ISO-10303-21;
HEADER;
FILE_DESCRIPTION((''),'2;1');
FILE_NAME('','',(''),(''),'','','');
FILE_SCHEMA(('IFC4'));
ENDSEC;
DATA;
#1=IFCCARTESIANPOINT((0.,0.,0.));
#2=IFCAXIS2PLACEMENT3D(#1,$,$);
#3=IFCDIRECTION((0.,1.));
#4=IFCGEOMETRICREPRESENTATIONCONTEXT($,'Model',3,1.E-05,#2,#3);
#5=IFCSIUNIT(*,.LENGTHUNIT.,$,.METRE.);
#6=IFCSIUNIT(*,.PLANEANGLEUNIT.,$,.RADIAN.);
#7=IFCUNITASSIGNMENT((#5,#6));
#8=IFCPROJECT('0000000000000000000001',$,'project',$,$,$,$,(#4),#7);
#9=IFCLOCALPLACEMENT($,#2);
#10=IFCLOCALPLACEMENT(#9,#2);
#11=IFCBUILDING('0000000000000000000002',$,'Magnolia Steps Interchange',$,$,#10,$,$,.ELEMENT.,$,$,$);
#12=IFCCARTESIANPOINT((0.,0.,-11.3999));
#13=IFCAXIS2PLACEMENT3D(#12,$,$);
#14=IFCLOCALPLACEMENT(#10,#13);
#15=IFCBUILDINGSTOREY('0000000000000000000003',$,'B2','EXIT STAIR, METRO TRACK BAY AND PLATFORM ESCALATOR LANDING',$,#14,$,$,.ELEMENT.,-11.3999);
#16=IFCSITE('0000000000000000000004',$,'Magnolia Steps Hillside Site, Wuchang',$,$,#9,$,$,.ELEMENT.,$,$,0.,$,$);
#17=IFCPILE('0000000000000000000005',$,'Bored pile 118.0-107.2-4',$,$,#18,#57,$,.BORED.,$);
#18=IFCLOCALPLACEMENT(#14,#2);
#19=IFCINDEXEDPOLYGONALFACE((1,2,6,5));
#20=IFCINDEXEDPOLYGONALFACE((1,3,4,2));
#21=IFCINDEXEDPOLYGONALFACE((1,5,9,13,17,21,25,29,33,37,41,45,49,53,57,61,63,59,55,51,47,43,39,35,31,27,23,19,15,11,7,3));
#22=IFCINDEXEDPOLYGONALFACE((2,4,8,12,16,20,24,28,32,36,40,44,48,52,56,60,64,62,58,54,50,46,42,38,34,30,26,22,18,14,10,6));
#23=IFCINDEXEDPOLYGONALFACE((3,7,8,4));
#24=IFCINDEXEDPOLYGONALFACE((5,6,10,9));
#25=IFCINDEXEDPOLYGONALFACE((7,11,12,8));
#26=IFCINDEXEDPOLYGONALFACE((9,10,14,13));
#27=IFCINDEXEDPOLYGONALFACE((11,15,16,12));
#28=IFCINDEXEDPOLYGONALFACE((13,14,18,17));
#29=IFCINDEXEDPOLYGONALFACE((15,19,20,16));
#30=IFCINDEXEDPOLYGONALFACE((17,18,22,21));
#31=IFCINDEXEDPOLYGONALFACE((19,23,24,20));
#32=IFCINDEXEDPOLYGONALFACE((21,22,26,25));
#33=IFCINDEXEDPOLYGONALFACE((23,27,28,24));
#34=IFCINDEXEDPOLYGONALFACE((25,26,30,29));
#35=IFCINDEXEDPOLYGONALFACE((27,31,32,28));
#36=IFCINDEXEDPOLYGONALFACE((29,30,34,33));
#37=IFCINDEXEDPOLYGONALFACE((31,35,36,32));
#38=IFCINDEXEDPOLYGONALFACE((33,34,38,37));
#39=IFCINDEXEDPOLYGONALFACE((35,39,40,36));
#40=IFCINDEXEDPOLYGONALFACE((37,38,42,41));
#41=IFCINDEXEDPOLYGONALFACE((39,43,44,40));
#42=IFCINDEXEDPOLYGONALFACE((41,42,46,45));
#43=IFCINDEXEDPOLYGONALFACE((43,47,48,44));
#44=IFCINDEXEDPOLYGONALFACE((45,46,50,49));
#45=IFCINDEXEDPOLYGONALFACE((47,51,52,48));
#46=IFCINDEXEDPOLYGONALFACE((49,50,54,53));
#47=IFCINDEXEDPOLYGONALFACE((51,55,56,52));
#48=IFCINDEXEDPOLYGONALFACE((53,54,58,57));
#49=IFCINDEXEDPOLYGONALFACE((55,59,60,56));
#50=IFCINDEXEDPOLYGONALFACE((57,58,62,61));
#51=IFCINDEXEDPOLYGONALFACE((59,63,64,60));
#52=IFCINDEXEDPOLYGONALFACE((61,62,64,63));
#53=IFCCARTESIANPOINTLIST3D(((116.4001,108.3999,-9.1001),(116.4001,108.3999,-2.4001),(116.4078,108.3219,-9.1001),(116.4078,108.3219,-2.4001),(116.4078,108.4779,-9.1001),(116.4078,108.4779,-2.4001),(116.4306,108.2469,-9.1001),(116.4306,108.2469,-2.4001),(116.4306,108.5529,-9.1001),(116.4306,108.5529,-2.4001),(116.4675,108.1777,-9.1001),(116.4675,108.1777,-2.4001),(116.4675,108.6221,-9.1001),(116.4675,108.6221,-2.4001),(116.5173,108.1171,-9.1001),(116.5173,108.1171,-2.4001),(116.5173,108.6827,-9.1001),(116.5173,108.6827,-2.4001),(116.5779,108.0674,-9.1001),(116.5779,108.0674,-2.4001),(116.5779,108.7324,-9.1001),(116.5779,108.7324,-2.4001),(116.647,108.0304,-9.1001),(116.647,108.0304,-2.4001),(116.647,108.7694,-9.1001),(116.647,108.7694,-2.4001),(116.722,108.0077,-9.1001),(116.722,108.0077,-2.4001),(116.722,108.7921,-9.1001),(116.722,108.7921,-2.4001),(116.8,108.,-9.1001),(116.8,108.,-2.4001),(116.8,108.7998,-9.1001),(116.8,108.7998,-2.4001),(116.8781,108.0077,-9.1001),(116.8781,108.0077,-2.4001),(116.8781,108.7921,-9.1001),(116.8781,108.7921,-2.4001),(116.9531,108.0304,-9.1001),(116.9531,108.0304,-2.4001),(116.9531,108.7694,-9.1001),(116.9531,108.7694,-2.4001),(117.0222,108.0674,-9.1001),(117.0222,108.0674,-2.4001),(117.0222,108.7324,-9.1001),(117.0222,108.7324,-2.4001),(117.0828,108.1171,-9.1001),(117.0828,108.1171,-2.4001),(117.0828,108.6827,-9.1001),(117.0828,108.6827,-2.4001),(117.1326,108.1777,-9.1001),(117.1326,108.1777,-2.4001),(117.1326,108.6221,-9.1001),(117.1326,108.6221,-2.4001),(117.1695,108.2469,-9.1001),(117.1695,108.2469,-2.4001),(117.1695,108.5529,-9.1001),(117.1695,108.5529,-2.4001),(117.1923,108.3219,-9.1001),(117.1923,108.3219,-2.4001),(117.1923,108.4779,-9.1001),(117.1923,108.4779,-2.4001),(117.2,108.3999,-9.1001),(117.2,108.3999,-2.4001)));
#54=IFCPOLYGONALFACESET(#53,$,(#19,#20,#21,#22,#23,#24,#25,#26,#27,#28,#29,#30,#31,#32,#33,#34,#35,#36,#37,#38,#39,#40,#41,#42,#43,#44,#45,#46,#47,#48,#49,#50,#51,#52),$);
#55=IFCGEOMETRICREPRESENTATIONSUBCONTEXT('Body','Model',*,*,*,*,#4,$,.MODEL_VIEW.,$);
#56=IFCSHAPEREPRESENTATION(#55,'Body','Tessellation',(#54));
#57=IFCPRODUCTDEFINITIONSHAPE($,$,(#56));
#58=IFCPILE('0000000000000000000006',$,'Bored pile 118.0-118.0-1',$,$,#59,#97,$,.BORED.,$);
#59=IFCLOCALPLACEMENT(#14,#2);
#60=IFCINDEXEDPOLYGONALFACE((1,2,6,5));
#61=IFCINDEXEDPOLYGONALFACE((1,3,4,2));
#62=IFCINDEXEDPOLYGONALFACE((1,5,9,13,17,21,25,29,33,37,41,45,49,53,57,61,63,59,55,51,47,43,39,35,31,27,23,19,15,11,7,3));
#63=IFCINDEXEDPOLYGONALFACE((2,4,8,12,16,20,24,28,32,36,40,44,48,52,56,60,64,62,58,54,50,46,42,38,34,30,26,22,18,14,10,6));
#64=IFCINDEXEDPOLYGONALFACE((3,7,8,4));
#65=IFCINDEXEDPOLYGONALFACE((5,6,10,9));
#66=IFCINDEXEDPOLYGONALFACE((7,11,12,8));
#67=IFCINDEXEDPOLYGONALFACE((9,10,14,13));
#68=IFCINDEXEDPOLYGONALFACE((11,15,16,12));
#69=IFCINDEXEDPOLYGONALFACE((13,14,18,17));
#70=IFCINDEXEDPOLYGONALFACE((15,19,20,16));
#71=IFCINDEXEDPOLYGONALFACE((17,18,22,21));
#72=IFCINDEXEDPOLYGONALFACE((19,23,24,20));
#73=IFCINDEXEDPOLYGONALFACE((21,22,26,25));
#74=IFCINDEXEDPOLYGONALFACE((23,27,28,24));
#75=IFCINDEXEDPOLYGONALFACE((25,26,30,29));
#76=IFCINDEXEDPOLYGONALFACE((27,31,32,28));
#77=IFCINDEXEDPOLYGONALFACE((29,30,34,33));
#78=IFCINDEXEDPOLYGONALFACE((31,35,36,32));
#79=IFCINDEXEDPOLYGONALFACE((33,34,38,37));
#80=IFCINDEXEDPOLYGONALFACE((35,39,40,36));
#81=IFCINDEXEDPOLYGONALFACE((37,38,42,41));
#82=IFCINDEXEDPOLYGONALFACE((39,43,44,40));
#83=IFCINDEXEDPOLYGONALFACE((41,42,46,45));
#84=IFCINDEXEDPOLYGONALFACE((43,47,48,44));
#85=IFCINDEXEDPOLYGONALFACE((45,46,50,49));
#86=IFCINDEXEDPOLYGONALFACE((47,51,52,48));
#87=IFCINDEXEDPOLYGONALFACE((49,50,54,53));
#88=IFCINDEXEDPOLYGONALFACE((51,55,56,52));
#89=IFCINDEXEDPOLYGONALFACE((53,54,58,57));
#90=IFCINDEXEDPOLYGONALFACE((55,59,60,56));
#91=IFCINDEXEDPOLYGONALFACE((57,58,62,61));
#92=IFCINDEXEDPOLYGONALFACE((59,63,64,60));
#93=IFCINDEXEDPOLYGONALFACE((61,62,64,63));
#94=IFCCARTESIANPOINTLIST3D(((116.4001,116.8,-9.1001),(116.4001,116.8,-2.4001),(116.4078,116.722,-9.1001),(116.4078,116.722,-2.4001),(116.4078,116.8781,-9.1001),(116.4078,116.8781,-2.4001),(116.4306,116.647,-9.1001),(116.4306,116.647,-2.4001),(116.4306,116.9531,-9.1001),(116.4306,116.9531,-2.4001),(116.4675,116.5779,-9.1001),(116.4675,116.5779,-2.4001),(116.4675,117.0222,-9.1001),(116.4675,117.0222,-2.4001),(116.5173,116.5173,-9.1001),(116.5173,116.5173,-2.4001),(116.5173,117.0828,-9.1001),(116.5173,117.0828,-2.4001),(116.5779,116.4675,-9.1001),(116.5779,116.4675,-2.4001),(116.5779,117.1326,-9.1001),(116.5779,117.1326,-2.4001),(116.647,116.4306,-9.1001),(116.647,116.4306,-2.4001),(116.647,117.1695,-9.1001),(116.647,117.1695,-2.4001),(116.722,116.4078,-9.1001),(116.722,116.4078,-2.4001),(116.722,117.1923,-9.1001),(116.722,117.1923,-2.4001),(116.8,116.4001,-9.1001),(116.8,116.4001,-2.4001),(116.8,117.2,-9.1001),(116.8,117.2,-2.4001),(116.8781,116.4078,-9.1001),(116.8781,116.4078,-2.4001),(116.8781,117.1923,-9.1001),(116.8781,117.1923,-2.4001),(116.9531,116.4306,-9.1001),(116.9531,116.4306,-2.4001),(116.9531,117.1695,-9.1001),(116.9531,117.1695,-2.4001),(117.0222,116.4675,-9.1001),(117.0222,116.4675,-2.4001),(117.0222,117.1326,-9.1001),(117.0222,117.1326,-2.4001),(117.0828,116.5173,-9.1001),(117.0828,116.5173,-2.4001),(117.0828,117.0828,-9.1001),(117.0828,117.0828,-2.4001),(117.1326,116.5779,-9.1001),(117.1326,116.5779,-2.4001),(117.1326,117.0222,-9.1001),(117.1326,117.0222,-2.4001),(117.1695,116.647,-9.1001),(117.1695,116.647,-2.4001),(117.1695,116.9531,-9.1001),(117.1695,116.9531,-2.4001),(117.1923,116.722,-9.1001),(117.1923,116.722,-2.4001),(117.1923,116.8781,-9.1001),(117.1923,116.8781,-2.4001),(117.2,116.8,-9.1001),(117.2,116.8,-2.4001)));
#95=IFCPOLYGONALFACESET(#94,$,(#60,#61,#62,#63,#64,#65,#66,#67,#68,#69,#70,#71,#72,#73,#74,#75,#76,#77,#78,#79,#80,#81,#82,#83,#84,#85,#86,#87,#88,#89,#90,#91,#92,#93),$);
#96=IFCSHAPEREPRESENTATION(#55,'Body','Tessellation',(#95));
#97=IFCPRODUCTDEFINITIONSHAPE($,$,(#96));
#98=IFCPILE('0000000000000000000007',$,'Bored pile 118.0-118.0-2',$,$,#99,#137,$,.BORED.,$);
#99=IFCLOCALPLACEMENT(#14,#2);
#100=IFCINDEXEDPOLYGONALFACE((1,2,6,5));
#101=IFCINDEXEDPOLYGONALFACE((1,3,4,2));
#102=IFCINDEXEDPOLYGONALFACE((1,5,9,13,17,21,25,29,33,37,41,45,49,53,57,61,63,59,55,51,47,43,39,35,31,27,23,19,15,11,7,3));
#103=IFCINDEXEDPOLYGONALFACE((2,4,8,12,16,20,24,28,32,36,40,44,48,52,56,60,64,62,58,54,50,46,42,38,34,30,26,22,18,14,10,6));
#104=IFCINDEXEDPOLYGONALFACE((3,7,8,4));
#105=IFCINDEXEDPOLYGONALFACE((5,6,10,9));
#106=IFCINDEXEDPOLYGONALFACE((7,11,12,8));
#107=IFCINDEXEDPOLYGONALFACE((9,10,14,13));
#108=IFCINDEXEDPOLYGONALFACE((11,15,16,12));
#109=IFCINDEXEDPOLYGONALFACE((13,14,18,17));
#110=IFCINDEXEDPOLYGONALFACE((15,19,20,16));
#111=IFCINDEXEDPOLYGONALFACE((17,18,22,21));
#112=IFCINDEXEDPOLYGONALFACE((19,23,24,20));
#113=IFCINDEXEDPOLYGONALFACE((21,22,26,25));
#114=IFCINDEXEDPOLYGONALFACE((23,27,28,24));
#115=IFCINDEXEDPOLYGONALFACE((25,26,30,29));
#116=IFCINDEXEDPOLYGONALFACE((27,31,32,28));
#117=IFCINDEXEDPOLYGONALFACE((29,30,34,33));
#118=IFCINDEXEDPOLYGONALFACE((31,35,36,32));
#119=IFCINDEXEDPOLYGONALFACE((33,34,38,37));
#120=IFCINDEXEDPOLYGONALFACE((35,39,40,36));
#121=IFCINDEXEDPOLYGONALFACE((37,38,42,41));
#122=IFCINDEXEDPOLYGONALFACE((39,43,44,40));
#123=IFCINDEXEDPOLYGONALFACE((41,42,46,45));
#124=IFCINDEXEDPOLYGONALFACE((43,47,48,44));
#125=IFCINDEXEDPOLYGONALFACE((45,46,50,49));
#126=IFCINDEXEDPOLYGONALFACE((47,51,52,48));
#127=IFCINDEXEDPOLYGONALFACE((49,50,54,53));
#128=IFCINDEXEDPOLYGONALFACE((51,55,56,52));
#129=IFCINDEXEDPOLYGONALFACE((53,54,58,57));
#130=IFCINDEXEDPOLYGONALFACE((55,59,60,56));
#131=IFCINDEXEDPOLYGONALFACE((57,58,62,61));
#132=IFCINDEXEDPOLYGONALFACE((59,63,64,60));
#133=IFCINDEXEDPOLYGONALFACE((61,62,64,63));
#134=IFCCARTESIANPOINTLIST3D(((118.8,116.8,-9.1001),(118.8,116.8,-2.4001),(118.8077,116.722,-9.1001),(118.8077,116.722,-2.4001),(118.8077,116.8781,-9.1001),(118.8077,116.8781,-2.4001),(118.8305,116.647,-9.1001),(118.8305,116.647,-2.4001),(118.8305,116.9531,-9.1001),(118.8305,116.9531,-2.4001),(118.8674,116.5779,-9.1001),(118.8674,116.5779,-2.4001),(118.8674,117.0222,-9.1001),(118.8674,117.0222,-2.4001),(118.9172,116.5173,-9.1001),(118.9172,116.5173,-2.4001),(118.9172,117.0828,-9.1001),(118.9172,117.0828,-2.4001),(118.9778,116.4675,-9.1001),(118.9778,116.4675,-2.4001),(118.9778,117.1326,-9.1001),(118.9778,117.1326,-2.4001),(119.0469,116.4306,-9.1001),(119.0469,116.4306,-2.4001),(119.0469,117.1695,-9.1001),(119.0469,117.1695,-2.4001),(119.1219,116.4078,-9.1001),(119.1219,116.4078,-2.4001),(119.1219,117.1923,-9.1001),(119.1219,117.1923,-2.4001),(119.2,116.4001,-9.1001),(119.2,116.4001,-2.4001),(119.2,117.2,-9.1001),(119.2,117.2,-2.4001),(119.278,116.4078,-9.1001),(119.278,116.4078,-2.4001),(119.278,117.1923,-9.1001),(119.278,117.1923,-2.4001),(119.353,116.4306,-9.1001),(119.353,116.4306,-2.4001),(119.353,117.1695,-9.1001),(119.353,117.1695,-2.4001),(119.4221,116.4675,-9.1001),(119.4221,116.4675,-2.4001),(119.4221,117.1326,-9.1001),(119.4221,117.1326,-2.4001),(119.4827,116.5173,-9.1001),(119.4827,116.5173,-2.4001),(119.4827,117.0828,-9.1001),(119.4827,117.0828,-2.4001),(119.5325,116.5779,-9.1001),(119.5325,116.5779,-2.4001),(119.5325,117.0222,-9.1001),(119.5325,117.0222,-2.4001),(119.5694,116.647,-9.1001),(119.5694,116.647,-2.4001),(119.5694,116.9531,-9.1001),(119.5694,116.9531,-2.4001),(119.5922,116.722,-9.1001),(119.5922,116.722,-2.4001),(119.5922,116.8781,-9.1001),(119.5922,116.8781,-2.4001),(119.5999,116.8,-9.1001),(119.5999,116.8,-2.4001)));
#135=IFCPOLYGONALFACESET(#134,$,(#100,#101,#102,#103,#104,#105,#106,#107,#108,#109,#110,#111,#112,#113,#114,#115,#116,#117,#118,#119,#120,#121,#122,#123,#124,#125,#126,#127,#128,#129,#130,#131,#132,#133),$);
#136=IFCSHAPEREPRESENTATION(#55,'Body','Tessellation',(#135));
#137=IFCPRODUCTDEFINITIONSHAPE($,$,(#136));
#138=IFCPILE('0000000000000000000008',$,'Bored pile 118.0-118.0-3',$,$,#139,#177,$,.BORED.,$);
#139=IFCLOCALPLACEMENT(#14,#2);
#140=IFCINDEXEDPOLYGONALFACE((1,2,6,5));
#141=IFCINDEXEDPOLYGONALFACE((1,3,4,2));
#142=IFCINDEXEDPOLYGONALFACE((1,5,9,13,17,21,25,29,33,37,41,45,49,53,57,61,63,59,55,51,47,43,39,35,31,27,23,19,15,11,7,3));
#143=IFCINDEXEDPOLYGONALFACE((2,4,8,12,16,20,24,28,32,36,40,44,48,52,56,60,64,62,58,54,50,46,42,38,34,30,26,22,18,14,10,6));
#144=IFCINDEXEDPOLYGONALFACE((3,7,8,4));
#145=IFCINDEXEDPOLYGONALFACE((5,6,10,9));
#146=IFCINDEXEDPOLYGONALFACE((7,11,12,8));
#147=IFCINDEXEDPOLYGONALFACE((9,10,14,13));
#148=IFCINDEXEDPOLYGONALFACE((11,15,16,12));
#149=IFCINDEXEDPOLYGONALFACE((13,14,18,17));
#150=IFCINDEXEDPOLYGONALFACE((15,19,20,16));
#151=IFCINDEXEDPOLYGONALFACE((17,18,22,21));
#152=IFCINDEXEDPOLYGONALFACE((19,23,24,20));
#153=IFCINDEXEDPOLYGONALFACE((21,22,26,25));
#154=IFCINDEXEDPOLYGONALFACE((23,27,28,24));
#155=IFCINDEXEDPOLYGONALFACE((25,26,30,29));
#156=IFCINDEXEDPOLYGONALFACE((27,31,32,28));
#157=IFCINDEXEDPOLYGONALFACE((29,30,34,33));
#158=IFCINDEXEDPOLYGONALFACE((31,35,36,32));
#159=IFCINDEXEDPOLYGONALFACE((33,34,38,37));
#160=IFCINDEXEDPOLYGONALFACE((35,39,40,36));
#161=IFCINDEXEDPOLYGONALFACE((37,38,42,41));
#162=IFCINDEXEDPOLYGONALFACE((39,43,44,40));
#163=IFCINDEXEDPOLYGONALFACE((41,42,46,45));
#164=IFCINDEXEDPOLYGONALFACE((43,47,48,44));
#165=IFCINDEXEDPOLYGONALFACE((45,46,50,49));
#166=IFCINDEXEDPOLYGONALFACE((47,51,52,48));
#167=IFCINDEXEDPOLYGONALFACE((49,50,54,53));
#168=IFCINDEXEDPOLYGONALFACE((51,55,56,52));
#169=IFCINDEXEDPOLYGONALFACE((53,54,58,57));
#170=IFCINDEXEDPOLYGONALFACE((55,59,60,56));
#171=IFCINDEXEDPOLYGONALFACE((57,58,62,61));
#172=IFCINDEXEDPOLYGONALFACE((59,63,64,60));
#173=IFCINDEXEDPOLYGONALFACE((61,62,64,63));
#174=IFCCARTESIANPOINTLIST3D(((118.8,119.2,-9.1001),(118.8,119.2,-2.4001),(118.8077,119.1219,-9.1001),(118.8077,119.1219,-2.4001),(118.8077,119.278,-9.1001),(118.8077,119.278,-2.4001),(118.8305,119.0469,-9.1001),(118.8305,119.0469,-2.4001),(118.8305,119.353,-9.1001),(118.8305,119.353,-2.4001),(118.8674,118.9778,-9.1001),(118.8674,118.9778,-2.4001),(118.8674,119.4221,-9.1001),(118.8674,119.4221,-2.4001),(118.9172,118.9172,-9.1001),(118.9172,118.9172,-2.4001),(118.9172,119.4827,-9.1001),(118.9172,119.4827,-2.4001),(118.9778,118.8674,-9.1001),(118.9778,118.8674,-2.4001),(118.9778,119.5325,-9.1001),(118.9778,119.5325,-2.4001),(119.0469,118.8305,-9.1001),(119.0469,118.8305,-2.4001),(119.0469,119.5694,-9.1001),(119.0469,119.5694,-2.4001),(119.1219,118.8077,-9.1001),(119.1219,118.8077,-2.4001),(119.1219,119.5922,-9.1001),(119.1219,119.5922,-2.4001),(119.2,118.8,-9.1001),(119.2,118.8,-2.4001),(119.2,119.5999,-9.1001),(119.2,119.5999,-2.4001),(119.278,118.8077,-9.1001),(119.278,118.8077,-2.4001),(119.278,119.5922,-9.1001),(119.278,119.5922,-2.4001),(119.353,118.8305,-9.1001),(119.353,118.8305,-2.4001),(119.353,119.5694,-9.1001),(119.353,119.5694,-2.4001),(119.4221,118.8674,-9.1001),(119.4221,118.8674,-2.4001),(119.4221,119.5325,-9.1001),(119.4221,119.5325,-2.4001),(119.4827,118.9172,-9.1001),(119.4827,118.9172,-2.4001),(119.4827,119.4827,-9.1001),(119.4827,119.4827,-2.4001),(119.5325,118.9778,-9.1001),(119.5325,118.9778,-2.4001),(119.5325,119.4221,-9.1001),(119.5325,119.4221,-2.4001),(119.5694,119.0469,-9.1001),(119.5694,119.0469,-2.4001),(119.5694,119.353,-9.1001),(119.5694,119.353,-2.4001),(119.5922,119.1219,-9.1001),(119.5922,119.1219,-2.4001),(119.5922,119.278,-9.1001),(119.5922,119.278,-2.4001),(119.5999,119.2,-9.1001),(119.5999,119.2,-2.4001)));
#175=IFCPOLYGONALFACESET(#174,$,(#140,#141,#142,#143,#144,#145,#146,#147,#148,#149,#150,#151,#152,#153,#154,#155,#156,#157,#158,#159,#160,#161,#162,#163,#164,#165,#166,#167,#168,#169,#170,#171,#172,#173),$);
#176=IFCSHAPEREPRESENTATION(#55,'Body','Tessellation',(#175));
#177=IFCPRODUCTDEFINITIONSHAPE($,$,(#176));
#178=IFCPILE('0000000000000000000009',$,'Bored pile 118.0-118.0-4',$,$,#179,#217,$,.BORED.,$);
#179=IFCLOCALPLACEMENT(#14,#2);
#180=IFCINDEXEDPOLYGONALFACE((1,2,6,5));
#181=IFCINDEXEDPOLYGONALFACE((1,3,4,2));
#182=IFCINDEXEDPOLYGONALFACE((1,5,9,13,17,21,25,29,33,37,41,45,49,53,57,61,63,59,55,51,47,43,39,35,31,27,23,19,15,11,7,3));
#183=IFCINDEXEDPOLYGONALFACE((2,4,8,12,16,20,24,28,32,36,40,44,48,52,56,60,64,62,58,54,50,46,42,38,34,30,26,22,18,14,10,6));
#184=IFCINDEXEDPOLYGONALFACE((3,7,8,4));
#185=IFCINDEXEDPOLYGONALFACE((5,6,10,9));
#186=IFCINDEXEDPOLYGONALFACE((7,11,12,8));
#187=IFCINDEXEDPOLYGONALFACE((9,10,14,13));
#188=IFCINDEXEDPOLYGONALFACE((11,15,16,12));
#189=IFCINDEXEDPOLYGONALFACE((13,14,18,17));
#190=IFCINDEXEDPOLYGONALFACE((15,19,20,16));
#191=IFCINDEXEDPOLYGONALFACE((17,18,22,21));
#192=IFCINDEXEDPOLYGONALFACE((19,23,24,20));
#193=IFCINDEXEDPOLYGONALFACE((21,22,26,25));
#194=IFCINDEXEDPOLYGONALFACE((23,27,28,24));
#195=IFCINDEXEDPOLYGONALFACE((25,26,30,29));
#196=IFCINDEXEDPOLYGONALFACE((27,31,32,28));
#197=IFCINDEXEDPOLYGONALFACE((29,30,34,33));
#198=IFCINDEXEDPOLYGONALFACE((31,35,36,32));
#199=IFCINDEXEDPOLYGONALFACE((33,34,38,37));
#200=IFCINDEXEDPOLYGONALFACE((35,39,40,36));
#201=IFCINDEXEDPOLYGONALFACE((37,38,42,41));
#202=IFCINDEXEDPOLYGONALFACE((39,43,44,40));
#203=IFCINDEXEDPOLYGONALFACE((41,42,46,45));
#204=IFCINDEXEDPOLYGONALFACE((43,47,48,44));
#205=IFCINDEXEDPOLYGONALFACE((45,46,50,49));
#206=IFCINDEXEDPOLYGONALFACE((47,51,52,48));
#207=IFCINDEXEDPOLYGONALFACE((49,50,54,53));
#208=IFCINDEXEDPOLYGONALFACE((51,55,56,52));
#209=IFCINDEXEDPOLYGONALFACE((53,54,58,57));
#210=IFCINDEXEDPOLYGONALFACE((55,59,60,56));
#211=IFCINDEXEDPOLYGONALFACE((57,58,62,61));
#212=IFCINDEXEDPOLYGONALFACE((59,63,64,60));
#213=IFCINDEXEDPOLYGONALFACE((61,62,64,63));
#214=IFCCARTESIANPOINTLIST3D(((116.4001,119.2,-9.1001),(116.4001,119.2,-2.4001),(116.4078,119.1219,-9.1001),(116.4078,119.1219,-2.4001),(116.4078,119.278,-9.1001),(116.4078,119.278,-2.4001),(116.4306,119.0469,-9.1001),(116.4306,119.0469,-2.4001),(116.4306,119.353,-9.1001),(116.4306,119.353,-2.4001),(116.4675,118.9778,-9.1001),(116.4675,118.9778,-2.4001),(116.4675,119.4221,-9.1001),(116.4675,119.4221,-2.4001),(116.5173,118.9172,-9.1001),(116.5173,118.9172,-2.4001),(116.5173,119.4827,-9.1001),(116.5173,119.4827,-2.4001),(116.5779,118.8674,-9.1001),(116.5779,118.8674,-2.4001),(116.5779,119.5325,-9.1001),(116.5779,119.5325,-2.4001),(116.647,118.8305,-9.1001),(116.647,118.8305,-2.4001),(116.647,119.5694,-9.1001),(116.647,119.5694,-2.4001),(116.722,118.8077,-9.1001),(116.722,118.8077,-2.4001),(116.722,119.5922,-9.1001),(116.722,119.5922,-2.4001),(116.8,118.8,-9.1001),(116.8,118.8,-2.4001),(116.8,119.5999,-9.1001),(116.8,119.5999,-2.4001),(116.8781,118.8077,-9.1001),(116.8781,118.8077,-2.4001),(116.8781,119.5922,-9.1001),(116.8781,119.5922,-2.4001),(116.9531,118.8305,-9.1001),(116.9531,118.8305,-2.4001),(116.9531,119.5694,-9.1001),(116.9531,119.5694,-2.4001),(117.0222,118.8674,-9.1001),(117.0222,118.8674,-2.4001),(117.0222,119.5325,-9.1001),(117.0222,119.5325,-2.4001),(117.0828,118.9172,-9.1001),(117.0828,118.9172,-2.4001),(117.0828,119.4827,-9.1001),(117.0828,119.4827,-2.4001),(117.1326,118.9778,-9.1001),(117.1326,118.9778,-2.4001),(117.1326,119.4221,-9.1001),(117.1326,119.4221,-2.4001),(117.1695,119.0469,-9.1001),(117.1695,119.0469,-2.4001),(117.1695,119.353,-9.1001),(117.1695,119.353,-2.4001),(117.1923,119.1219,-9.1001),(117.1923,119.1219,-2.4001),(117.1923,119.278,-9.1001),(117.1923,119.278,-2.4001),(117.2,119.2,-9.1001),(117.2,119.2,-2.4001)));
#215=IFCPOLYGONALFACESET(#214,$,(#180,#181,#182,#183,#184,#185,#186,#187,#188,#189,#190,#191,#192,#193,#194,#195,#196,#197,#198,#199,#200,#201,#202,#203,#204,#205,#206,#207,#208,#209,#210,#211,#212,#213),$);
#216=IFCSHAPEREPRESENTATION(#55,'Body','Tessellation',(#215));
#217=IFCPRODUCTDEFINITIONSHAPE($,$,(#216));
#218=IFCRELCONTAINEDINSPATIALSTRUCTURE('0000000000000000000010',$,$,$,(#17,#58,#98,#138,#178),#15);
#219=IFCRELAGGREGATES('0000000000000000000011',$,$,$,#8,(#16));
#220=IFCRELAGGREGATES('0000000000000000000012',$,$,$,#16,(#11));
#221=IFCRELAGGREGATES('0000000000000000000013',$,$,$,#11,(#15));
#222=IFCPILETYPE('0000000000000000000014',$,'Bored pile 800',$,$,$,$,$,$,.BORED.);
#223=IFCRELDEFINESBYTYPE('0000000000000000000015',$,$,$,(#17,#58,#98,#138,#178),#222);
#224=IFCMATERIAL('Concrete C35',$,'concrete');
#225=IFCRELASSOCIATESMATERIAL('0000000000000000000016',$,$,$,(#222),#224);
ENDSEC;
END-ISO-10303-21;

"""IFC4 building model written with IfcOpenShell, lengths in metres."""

from ifc_helpers import new_model, si_unit, direction, frame, origin, origin_2d, place, context, subcontext, project, spatial, circle, extrude, material, material_profile, profile_set, type_object, element, save


model = new_model("IFC4")

# Units and contexts
model_context = context("Model", 3, precision=1e-05, world=origin(), true_north=direction((0.0, 1.0)))
body_context = subcontext(model_context, "Body", "Model", "MODEL_VIEW")
ifc_project = project(units=[si_unit("LENGTHUNIT", "METRE"), si_unit("PLANEANGLEUNIT", "RADIAN")], contexts=[model_context])

# Site, building, storey
site_placement = place(None, origin())
site = spatial("IfcSite", under=ifc_project, at=site_placement, Name="Magnolia Steps Hillside Site, Wuchang", CompositionType="ELEMENT", RefElevation=0.0)
building_placement = place(site_placement, origin())
building = spatial("IfcBuilding", under=site, at=building_placement, Name="Magnolia Steps Interchange", CompositionType="ELEMENT")
storey_placement = place(building_placement, frame((0.0, 0.0, -11.3999)))
storey = spatial("IfcBuildingStorey", under=building, at=storey_placement, Name="B2", Description="EXIT STAIR, METRO TRACK BAY AND PLATFORM ESCALATOR LANDING", CompositionType="ELEMENT", Elevation=-11.3999)

# Piles
ifc_material_1 = material(Name="Concrete C35", Category="concrete")
ifc_material_profile_1 = material_profile(ifc_material_1, circle(Radius=0.3999, at=origin_2d()), Name="Bored pile 800")
ifc_profile_set_1 = profile_set([ifc_material_profile_1], Name="Concrete C35")
pile_type_1 = type_object("IfcPileType", Name="Bored pile 800", PredefinedType="BORED", material=ifc_profile_set_1)
for number, where, z_axis, x_axis, name in (
    (1, (116.8, 108.3999, -2.4001), (0.0, 0.0, -1.0), (1.0, 0.0, 0.0), "Bored pile 118.0-107.2-4"),
    (2, (116.8, 116.8, -2.4001), (0.0, 0.0, -1.0), (1.0, 0.0, 0.0), "Bored pile 118.0-118.0-1"),
    (3, (119.2, 116.8, -2.4001), (0.0, 0.0, -1.0), (1.0, 0.0, 0.0), "Bored pile 118.0-118.0-2"),
    (4, (119.2, 119.2, -2.4001), (0.0, 0.0, -1.0), (1.0, 0.0, 0.0), "Bored pile 118.0-118.0-3"),
    (5, (116.8, 119.2, -2.4001), (0.0, 0.0, -1.0), (1.0, 0.0, 0.0), "Bored pile 118.0-118.0-4"),
):
    element("IfcPile", number, at=place(storey_placement, frame(where, z_axis=z_axis, x_axis=x_axis)), inside=storey, type_object=pile_type_1, Name=name, PredefinedType="BORED", context=body_context, shape_type="SweptSolid", body=[
        extrude(circle(Radius=0.3999, at=origin_2d()), origin(), (0.0, 0.0, 1.0), 6.7),
    ])

save(model, "model.ifc")
